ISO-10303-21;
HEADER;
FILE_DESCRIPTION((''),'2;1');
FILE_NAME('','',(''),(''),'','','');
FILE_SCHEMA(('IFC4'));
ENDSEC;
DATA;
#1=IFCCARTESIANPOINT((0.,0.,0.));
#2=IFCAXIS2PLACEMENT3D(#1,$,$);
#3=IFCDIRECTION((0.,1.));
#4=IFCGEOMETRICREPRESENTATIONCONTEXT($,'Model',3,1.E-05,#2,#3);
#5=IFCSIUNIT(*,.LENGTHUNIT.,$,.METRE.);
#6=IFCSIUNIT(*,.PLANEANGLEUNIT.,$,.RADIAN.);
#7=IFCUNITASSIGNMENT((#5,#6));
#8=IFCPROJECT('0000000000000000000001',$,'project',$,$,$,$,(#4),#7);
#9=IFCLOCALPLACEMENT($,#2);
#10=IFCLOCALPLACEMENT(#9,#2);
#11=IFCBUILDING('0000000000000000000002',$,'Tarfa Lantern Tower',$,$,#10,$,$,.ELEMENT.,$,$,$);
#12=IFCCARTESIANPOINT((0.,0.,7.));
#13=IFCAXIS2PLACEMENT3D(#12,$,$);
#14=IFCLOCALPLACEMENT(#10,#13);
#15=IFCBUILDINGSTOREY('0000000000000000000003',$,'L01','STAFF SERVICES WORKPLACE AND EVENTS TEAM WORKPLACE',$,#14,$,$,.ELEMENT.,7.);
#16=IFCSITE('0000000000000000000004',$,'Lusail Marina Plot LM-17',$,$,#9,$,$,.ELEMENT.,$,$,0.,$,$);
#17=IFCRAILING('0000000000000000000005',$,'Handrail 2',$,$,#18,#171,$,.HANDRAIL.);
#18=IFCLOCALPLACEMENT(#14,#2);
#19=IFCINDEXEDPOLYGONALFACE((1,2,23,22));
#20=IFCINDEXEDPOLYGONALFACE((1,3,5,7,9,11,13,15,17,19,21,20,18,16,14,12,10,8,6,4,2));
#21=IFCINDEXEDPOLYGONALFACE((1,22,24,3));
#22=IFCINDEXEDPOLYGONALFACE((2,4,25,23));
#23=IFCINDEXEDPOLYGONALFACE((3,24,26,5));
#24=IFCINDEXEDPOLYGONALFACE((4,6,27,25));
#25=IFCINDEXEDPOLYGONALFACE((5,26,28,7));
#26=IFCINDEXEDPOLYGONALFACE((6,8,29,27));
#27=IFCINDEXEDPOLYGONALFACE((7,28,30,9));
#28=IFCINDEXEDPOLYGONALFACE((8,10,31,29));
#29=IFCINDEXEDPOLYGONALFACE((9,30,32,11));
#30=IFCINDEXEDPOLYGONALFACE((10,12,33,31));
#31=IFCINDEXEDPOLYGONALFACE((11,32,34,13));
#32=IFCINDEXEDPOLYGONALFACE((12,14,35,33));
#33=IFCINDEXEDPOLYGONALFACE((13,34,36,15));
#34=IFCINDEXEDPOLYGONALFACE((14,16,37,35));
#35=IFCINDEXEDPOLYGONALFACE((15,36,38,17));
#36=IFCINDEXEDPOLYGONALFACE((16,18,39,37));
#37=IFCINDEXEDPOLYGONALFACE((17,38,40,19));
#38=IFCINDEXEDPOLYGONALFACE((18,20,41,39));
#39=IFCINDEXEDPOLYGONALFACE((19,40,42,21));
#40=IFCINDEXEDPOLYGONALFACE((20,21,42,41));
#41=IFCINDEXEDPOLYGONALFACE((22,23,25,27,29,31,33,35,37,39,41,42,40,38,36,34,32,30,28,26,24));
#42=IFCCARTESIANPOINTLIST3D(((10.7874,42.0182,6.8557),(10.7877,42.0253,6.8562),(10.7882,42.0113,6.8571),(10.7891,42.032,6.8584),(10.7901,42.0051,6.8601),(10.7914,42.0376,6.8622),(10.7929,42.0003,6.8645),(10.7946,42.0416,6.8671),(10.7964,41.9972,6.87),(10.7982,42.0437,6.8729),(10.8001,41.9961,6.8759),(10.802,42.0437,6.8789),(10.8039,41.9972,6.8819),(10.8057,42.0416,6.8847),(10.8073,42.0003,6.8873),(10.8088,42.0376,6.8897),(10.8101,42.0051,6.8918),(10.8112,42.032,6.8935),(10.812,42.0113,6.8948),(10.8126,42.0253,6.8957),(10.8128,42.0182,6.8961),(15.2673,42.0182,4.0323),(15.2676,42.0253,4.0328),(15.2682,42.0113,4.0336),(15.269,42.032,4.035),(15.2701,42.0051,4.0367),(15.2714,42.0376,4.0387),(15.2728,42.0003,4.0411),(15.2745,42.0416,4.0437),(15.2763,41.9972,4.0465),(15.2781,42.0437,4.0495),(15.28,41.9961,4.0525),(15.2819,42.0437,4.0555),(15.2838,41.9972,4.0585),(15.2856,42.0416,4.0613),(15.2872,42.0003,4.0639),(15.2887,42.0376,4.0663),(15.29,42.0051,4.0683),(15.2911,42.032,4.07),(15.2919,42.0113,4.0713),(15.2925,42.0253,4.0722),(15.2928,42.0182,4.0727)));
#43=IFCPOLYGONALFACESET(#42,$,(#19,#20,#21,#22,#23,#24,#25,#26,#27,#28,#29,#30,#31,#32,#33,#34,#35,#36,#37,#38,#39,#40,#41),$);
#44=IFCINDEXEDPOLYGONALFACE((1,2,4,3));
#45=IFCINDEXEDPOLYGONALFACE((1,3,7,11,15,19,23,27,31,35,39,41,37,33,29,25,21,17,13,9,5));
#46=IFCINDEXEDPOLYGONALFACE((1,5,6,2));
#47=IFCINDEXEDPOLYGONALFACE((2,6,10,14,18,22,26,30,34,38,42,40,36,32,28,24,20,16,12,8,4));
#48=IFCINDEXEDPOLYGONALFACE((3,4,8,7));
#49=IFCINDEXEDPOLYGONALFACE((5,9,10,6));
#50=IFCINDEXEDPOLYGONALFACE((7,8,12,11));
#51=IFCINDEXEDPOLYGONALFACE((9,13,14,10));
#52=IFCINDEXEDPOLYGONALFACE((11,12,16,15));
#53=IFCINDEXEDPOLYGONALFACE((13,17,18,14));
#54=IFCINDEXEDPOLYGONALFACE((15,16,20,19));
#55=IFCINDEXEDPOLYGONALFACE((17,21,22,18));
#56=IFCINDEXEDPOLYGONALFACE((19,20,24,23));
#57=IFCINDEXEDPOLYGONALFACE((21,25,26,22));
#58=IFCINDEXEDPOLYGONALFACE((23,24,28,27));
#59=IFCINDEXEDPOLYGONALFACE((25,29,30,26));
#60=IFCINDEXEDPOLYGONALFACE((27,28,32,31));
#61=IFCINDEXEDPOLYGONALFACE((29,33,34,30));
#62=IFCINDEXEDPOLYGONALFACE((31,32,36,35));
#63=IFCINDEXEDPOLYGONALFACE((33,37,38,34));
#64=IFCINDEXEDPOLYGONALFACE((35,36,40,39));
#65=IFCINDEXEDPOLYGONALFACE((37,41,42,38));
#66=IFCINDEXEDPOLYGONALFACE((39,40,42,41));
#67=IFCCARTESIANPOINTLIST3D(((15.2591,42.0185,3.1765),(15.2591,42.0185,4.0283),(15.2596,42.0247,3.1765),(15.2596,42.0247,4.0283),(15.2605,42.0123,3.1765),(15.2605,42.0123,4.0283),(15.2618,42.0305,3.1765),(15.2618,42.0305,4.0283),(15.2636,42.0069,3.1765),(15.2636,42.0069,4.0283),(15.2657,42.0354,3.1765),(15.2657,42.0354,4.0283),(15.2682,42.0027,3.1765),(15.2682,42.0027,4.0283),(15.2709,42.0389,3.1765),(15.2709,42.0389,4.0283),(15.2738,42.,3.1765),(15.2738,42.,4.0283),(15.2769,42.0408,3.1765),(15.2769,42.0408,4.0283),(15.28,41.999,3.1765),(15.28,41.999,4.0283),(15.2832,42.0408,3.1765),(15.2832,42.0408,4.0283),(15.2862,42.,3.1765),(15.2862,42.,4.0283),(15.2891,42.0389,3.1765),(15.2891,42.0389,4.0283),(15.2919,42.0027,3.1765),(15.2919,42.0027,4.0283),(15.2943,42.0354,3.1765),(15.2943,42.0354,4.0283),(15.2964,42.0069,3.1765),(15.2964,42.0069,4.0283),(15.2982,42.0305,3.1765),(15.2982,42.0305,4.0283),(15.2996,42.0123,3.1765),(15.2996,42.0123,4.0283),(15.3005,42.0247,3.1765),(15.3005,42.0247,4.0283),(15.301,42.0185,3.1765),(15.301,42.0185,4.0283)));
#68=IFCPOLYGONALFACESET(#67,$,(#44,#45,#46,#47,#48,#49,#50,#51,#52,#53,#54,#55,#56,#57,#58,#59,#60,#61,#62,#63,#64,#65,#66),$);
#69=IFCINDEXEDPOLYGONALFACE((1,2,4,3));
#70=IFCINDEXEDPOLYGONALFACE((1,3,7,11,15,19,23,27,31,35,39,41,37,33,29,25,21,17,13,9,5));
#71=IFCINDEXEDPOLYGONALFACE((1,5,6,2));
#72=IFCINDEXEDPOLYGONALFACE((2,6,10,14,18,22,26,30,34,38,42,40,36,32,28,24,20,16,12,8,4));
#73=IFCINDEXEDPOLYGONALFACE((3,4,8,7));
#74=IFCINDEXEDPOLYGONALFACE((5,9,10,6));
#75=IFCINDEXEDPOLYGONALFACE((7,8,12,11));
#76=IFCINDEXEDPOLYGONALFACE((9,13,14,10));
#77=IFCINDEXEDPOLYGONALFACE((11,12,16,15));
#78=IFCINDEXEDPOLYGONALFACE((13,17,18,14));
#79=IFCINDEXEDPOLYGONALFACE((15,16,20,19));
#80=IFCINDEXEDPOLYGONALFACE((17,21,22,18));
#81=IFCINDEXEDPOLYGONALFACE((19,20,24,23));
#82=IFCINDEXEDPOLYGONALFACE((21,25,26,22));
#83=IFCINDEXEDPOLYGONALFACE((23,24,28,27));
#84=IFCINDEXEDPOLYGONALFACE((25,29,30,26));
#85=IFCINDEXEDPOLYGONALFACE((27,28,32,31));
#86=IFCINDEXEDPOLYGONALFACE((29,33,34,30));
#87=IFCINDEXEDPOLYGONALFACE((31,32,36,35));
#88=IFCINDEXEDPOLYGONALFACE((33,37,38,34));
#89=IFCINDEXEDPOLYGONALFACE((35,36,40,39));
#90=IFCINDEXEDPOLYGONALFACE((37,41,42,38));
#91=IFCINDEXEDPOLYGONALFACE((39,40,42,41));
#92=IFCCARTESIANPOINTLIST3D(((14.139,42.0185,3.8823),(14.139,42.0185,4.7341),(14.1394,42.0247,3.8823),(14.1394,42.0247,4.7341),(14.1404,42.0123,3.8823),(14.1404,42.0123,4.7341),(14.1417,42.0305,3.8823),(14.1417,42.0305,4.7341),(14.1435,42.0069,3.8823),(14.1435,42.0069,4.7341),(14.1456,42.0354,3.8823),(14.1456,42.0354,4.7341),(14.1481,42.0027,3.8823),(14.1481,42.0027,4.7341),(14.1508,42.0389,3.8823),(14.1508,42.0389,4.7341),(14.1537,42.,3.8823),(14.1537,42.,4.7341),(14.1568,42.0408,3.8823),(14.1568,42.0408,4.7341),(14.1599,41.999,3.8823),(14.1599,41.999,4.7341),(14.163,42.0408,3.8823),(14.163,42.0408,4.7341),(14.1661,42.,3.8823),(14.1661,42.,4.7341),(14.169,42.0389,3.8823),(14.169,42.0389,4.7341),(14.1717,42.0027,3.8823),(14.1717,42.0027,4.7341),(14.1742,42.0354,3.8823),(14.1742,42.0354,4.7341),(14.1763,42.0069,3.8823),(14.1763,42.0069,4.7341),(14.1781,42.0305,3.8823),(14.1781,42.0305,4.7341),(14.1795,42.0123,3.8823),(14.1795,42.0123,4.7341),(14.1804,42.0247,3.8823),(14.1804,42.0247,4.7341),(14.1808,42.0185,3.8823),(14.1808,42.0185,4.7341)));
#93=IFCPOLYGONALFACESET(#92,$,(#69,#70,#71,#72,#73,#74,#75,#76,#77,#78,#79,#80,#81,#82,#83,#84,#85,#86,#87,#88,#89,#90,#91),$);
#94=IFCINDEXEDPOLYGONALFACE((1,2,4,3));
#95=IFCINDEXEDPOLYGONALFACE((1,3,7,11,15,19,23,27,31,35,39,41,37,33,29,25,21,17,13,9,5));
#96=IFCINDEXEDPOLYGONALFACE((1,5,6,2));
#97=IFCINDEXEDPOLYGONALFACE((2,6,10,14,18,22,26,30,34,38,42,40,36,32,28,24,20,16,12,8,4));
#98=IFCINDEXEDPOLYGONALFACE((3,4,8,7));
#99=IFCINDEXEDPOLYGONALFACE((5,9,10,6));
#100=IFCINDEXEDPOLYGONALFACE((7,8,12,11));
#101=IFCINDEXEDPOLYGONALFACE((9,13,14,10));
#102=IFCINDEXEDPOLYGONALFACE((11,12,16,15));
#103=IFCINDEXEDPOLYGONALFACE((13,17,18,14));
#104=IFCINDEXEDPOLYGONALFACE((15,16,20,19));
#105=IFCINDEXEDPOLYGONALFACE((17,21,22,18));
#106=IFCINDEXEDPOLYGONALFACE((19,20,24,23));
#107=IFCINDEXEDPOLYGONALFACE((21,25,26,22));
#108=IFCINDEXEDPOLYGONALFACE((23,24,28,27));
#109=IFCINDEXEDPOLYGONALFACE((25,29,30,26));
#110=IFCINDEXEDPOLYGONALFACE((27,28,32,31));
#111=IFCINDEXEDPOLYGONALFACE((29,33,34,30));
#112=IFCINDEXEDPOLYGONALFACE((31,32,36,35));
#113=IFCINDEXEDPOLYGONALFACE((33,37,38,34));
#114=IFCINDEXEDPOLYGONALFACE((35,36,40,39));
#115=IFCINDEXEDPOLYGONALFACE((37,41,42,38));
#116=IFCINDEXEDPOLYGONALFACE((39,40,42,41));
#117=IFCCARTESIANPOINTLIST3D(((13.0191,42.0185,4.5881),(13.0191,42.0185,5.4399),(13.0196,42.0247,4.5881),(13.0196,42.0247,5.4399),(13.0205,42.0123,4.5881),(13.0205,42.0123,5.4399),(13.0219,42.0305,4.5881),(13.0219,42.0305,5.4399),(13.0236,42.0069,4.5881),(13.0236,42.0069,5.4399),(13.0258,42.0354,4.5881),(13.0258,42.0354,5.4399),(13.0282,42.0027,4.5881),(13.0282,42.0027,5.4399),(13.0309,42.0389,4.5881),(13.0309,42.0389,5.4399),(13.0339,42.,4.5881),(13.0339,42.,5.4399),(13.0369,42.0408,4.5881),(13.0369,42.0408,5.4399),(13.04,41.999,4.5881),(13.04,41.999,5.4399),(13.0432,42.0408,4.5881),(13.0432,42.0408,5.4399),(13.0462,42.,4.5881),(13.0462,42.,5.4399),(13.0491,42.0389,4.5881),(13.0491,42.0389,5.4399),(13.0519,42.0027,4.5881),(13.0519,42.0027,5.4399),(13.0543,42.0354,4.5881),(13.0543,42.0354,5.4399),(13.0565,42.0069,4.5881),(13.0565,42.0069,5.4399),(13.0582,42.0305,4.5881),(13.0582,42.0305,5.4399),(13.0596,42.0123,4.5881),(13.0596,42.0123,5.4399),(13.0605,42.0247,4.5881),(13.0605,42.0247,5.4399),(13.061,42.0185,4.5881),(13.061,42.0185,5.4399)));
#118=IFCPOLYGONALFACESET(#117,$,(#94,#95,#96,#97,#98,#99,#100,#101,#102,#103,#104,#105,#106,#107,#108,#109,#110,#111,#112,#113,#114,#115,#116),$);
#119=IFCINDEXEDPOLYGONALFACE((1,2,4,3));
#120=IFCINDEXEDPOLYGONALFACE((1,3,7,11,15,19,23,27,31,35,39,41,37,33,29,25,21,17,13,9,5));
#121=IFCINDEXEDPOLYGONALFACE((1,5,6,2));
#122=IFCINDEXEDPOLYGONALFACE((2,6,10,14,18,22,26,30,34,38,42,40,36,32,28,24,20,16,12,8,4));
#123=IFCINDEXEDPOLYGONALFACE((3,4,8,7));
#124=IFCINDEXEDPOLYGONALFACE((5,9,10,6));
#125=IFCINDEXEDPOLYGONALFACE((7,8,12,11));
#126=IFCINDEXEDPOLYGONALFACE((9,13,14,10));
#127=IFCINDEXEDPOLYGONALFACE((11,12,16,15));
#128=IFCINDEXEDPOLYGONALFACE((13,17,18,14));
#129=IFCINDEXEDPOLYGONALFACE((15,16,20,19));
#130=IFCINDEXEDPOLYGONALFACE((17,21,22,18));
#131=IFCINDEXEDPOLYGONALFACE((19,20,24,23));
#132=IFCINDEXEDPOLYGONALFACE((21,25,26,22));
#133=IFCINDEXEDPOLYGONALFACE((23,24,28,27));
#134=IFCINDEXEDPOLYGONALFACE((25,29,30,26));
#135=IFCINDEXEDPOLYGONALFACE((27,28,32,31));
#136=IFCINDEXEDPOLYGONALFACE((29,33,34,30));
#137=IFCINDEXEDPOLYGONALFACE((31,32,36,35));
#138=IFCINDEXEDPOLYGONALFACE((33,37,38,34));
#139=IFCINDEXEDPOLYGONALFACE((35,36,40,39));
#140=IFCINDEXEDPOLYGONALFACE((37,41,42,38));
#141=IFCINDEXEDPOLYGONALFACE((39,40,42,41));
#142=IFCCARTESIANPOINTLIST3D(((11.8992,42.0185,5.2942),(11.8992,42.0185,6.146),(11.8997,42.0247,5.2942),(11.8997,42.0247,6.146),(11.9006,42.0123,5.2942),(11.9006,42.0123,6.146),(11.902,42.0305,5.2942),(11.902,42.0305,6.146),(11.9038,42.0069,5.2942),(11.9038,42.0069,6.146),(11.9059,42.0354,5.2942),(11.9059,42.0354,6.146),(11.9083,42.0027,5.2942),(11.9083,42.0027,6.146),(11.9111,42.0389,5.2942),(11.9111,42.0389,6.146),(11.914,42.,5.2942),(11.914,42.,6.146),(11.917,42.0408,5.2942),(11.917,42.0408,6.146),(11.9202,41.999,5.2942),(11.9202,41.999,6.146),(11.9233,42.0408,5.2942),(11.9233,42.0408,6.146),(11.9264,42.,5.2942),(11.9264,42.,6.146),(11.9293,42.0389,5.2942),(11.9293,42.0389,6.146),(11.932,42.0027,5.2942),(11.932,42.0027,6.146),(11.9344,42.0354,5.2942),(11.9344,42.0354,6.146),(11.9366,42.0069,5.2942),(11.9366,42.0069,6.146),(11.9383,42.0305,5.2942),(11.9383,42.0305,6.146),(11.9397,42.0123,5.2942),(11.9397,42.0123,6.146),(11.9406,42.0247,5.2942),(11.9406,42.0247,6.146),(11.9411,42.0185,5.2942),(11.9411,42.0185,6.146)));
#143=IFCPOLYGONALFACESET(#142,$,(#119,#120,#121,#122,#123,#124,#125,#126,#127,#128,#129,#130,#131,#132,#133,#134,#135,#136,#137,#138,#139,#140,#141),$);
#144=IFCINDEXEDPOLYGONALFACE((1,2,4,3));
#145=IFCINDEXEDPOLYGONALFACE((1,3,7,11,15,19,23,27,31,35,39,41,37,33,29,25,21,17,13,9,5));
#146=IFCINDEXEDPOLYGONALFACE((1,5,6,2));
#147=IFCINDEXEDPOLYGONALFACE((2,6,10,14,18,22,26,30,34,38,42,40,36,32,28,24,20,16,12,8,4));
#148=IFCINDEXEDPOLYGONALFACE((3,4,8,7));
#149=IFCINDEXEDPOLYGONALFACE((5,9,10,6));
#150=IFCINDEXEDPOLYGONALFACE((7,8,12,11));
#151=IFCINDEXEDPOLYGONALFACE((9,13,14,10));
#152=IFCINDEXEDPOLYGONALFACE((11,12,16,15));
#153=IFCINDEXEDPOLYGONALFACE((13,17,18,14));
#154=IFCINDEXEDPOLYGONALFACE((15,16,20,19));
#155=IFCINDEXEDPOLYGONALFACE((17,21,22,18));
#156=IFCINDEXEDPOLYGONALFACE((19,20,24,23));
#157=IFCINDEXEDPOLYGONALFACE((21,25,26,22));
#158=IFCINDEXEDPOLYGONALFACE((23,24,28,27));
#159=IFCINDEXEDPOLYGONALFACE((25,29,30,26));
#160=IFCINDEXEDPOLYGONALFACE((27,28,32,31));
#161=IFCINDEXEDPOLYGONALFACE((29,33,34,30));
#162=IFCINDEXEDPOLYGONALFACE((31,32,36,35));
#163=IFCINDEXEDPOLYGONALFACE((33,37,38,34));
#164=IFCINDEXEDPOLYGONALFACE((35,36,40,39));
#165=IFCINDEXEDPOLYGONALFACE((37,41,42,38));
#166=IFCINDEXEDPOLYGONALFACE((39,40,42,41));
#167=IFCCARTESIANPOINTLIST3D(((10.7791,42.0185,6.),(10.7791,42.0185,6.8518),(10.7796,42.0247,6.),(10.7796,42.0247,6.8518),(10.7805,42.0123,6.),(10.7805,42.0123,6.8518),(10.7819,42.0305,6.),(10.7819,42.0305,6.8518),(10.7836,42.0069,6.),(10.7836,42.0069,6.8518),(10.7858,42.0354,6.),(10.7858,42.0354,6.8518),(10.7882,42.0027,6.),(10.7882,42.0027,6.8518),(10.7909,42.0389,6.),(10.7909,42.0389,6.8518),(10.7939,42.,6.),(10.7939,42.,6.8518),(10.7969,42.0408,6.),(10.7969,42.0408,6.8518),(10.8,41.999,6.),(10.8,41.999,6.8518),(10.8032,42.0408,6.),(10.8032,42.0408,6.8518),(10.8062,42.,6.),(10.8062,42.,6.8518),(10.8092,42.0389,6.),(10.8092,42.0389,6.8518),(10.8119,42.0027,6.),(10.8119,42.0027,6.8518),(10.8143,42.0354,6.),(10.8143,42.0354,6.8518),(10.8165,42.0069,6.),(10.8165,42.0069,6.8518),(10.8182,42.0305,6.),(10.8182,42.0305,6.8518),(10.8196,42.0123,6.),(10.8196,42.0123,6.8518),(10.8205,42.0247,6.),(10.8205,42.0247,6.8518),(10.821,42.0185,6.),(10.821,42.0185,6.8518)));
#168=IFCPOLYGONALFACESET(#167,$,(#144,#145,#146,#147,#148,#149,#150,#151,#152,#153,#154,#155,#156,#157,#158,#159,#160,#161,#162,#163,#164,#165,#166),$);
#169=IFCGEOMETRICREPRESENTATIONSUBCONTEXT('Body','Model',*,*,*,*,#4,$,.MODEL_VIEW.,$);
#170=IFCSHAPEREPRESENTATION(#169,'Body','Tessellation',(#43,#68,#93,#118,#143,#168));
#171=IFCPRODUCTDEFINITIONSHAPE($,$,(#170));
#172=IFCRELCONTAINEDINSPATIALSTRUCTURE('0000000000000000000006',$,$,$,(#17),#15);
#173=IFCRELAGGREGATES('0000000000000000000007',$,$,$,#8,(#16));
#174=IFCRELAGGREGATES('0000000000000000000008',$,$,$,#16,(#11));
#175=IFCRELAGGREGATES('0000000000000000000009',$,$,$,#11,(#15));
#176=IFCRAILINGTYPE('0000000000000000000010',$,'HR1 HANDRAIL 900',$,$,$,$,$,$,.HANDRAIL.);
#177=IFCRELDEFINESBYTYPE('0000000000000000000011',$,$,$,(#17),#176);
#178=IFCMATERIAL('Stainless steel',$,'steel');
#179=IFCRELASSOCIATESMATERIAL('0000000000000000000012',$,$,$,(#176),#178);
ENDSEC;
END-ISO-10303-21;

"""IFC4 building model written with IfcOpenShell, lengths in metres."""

from ifc_helpers import new_model, si_unit, direction, frame, origin, origin_2d, place, context, subcontext, project, spatial, circle, extrude, material, type_object, element, save


model = new_model("IFC4")

# Units and contexts
model_context = context("Model", 3, precision=1e-05, world=origin(), true_north=direction((0.0, 1.0)))
body_context = subcontext(model_context, "Body", "Model", "MODEL_VIEW")
ifc_project = project(units=[si_unit("LENGTHUNIT", "METRE"), si_unit("PLANEANGLEUNIT", "RADIAN")], contexts=[model_context])

# Site, building, storey
site_placement = place(None, origin())
site = spatial("IfcSite", under=ifc_project, at=site_placement, Name="Lusail Marina Plot LM-17", CompositionType="ELEMENT", RefElevation=0.0)
building_placement = place(site_placement, origin())
building = spatial("IfcBuilding", under=site, at=building_placement, Name="Tarfa Lantern Tower", CompositionType="ELEMENT")
storey_placement = place(building_placement, frame((0.0, 0.0, 7.0)))
storey = spatial("IfcBuildingStorey", under=building, at=storey_placement, Name="L01", Description="STAFF SERVICES WORKPLACE AND EVENTS TEAM WORKPLACE", CompositionType="ELEMENT", Elevation=7.0)

# Railing
ifc_material_1 = material(Name="Stainless steel", Category="steel")
railing_type = type_object("IfcRailingType", Name="HR1 HANDRAIL 900", PredefinedType="HANDRAIL", material=ifc_material_1)
railing_1_placement = place(storey_placement, frame((15.28, 42.02, 3.1765)))
element("IfcRailing", 1, at=railing_1_placement, inside=storey, type_object=railing_type, Name="Handrail 2", PredefinedType="HANDRAIL", context=body_context, shape_type="SweptSolid", body=[
    extrude(circle(Radius=0.0239, at=origin_2d()), frame((0.0, 0.0, 0.876), z_axis=(-0.845998, 0.0, 0.533186), x_axis=(0.0, -1.0, 0.0)), (0.0, 0.0, 1.0), 5.2954),
    extrude(circle(Radius=0.021, at=origin_2d()), frame((0.0, 0.0, 0.0), z_axis=(0.0, 0.0, 1.0), x_axis=(0.0, -1.0, 0.0)), (0.0, 0.0, 1.0), 0.8518),
    extrude(circle(Radius=0.021, at=origin_2d()), frame((-1.1201, 0.0, 0.7058), z_axis=(0.0, 0.0, 1.0), x_axis=(0.0, -1.0, 0.0)), (0.0, 0.0, 1.0), 0.8518),
    extrude(circle(Radius=0.021, at=origin_2d()), frame((-2.24, 0.0, 1.4116), z_axis=(0.0, 0.0, 1.0), x_axis=(0.0, -1.0, 0.0)), (0.0, 0.0, 1.0), 0.8518),
    extrude(circle(Radius=0.021, at=origin_2d()), frame((-3.3599, 0.0, 2.1177), z_axis=(0.0, 0.0, 1.0), x_axis=(0.0, -1.0, 0.0)), (0.0, 0.0, 1.0), 0.8518),
    extrude(circle(Radius=0.021, at=origin_2d()), frame((-4.48, 0.0, 2.8235), z_axis=(0.0, 0.0, 1.0), x_axis=(0.0, -1.0, 0.0)), (0.0, 0.0, 1.0), 0.8518),
])

save(model, "model.ifc")
